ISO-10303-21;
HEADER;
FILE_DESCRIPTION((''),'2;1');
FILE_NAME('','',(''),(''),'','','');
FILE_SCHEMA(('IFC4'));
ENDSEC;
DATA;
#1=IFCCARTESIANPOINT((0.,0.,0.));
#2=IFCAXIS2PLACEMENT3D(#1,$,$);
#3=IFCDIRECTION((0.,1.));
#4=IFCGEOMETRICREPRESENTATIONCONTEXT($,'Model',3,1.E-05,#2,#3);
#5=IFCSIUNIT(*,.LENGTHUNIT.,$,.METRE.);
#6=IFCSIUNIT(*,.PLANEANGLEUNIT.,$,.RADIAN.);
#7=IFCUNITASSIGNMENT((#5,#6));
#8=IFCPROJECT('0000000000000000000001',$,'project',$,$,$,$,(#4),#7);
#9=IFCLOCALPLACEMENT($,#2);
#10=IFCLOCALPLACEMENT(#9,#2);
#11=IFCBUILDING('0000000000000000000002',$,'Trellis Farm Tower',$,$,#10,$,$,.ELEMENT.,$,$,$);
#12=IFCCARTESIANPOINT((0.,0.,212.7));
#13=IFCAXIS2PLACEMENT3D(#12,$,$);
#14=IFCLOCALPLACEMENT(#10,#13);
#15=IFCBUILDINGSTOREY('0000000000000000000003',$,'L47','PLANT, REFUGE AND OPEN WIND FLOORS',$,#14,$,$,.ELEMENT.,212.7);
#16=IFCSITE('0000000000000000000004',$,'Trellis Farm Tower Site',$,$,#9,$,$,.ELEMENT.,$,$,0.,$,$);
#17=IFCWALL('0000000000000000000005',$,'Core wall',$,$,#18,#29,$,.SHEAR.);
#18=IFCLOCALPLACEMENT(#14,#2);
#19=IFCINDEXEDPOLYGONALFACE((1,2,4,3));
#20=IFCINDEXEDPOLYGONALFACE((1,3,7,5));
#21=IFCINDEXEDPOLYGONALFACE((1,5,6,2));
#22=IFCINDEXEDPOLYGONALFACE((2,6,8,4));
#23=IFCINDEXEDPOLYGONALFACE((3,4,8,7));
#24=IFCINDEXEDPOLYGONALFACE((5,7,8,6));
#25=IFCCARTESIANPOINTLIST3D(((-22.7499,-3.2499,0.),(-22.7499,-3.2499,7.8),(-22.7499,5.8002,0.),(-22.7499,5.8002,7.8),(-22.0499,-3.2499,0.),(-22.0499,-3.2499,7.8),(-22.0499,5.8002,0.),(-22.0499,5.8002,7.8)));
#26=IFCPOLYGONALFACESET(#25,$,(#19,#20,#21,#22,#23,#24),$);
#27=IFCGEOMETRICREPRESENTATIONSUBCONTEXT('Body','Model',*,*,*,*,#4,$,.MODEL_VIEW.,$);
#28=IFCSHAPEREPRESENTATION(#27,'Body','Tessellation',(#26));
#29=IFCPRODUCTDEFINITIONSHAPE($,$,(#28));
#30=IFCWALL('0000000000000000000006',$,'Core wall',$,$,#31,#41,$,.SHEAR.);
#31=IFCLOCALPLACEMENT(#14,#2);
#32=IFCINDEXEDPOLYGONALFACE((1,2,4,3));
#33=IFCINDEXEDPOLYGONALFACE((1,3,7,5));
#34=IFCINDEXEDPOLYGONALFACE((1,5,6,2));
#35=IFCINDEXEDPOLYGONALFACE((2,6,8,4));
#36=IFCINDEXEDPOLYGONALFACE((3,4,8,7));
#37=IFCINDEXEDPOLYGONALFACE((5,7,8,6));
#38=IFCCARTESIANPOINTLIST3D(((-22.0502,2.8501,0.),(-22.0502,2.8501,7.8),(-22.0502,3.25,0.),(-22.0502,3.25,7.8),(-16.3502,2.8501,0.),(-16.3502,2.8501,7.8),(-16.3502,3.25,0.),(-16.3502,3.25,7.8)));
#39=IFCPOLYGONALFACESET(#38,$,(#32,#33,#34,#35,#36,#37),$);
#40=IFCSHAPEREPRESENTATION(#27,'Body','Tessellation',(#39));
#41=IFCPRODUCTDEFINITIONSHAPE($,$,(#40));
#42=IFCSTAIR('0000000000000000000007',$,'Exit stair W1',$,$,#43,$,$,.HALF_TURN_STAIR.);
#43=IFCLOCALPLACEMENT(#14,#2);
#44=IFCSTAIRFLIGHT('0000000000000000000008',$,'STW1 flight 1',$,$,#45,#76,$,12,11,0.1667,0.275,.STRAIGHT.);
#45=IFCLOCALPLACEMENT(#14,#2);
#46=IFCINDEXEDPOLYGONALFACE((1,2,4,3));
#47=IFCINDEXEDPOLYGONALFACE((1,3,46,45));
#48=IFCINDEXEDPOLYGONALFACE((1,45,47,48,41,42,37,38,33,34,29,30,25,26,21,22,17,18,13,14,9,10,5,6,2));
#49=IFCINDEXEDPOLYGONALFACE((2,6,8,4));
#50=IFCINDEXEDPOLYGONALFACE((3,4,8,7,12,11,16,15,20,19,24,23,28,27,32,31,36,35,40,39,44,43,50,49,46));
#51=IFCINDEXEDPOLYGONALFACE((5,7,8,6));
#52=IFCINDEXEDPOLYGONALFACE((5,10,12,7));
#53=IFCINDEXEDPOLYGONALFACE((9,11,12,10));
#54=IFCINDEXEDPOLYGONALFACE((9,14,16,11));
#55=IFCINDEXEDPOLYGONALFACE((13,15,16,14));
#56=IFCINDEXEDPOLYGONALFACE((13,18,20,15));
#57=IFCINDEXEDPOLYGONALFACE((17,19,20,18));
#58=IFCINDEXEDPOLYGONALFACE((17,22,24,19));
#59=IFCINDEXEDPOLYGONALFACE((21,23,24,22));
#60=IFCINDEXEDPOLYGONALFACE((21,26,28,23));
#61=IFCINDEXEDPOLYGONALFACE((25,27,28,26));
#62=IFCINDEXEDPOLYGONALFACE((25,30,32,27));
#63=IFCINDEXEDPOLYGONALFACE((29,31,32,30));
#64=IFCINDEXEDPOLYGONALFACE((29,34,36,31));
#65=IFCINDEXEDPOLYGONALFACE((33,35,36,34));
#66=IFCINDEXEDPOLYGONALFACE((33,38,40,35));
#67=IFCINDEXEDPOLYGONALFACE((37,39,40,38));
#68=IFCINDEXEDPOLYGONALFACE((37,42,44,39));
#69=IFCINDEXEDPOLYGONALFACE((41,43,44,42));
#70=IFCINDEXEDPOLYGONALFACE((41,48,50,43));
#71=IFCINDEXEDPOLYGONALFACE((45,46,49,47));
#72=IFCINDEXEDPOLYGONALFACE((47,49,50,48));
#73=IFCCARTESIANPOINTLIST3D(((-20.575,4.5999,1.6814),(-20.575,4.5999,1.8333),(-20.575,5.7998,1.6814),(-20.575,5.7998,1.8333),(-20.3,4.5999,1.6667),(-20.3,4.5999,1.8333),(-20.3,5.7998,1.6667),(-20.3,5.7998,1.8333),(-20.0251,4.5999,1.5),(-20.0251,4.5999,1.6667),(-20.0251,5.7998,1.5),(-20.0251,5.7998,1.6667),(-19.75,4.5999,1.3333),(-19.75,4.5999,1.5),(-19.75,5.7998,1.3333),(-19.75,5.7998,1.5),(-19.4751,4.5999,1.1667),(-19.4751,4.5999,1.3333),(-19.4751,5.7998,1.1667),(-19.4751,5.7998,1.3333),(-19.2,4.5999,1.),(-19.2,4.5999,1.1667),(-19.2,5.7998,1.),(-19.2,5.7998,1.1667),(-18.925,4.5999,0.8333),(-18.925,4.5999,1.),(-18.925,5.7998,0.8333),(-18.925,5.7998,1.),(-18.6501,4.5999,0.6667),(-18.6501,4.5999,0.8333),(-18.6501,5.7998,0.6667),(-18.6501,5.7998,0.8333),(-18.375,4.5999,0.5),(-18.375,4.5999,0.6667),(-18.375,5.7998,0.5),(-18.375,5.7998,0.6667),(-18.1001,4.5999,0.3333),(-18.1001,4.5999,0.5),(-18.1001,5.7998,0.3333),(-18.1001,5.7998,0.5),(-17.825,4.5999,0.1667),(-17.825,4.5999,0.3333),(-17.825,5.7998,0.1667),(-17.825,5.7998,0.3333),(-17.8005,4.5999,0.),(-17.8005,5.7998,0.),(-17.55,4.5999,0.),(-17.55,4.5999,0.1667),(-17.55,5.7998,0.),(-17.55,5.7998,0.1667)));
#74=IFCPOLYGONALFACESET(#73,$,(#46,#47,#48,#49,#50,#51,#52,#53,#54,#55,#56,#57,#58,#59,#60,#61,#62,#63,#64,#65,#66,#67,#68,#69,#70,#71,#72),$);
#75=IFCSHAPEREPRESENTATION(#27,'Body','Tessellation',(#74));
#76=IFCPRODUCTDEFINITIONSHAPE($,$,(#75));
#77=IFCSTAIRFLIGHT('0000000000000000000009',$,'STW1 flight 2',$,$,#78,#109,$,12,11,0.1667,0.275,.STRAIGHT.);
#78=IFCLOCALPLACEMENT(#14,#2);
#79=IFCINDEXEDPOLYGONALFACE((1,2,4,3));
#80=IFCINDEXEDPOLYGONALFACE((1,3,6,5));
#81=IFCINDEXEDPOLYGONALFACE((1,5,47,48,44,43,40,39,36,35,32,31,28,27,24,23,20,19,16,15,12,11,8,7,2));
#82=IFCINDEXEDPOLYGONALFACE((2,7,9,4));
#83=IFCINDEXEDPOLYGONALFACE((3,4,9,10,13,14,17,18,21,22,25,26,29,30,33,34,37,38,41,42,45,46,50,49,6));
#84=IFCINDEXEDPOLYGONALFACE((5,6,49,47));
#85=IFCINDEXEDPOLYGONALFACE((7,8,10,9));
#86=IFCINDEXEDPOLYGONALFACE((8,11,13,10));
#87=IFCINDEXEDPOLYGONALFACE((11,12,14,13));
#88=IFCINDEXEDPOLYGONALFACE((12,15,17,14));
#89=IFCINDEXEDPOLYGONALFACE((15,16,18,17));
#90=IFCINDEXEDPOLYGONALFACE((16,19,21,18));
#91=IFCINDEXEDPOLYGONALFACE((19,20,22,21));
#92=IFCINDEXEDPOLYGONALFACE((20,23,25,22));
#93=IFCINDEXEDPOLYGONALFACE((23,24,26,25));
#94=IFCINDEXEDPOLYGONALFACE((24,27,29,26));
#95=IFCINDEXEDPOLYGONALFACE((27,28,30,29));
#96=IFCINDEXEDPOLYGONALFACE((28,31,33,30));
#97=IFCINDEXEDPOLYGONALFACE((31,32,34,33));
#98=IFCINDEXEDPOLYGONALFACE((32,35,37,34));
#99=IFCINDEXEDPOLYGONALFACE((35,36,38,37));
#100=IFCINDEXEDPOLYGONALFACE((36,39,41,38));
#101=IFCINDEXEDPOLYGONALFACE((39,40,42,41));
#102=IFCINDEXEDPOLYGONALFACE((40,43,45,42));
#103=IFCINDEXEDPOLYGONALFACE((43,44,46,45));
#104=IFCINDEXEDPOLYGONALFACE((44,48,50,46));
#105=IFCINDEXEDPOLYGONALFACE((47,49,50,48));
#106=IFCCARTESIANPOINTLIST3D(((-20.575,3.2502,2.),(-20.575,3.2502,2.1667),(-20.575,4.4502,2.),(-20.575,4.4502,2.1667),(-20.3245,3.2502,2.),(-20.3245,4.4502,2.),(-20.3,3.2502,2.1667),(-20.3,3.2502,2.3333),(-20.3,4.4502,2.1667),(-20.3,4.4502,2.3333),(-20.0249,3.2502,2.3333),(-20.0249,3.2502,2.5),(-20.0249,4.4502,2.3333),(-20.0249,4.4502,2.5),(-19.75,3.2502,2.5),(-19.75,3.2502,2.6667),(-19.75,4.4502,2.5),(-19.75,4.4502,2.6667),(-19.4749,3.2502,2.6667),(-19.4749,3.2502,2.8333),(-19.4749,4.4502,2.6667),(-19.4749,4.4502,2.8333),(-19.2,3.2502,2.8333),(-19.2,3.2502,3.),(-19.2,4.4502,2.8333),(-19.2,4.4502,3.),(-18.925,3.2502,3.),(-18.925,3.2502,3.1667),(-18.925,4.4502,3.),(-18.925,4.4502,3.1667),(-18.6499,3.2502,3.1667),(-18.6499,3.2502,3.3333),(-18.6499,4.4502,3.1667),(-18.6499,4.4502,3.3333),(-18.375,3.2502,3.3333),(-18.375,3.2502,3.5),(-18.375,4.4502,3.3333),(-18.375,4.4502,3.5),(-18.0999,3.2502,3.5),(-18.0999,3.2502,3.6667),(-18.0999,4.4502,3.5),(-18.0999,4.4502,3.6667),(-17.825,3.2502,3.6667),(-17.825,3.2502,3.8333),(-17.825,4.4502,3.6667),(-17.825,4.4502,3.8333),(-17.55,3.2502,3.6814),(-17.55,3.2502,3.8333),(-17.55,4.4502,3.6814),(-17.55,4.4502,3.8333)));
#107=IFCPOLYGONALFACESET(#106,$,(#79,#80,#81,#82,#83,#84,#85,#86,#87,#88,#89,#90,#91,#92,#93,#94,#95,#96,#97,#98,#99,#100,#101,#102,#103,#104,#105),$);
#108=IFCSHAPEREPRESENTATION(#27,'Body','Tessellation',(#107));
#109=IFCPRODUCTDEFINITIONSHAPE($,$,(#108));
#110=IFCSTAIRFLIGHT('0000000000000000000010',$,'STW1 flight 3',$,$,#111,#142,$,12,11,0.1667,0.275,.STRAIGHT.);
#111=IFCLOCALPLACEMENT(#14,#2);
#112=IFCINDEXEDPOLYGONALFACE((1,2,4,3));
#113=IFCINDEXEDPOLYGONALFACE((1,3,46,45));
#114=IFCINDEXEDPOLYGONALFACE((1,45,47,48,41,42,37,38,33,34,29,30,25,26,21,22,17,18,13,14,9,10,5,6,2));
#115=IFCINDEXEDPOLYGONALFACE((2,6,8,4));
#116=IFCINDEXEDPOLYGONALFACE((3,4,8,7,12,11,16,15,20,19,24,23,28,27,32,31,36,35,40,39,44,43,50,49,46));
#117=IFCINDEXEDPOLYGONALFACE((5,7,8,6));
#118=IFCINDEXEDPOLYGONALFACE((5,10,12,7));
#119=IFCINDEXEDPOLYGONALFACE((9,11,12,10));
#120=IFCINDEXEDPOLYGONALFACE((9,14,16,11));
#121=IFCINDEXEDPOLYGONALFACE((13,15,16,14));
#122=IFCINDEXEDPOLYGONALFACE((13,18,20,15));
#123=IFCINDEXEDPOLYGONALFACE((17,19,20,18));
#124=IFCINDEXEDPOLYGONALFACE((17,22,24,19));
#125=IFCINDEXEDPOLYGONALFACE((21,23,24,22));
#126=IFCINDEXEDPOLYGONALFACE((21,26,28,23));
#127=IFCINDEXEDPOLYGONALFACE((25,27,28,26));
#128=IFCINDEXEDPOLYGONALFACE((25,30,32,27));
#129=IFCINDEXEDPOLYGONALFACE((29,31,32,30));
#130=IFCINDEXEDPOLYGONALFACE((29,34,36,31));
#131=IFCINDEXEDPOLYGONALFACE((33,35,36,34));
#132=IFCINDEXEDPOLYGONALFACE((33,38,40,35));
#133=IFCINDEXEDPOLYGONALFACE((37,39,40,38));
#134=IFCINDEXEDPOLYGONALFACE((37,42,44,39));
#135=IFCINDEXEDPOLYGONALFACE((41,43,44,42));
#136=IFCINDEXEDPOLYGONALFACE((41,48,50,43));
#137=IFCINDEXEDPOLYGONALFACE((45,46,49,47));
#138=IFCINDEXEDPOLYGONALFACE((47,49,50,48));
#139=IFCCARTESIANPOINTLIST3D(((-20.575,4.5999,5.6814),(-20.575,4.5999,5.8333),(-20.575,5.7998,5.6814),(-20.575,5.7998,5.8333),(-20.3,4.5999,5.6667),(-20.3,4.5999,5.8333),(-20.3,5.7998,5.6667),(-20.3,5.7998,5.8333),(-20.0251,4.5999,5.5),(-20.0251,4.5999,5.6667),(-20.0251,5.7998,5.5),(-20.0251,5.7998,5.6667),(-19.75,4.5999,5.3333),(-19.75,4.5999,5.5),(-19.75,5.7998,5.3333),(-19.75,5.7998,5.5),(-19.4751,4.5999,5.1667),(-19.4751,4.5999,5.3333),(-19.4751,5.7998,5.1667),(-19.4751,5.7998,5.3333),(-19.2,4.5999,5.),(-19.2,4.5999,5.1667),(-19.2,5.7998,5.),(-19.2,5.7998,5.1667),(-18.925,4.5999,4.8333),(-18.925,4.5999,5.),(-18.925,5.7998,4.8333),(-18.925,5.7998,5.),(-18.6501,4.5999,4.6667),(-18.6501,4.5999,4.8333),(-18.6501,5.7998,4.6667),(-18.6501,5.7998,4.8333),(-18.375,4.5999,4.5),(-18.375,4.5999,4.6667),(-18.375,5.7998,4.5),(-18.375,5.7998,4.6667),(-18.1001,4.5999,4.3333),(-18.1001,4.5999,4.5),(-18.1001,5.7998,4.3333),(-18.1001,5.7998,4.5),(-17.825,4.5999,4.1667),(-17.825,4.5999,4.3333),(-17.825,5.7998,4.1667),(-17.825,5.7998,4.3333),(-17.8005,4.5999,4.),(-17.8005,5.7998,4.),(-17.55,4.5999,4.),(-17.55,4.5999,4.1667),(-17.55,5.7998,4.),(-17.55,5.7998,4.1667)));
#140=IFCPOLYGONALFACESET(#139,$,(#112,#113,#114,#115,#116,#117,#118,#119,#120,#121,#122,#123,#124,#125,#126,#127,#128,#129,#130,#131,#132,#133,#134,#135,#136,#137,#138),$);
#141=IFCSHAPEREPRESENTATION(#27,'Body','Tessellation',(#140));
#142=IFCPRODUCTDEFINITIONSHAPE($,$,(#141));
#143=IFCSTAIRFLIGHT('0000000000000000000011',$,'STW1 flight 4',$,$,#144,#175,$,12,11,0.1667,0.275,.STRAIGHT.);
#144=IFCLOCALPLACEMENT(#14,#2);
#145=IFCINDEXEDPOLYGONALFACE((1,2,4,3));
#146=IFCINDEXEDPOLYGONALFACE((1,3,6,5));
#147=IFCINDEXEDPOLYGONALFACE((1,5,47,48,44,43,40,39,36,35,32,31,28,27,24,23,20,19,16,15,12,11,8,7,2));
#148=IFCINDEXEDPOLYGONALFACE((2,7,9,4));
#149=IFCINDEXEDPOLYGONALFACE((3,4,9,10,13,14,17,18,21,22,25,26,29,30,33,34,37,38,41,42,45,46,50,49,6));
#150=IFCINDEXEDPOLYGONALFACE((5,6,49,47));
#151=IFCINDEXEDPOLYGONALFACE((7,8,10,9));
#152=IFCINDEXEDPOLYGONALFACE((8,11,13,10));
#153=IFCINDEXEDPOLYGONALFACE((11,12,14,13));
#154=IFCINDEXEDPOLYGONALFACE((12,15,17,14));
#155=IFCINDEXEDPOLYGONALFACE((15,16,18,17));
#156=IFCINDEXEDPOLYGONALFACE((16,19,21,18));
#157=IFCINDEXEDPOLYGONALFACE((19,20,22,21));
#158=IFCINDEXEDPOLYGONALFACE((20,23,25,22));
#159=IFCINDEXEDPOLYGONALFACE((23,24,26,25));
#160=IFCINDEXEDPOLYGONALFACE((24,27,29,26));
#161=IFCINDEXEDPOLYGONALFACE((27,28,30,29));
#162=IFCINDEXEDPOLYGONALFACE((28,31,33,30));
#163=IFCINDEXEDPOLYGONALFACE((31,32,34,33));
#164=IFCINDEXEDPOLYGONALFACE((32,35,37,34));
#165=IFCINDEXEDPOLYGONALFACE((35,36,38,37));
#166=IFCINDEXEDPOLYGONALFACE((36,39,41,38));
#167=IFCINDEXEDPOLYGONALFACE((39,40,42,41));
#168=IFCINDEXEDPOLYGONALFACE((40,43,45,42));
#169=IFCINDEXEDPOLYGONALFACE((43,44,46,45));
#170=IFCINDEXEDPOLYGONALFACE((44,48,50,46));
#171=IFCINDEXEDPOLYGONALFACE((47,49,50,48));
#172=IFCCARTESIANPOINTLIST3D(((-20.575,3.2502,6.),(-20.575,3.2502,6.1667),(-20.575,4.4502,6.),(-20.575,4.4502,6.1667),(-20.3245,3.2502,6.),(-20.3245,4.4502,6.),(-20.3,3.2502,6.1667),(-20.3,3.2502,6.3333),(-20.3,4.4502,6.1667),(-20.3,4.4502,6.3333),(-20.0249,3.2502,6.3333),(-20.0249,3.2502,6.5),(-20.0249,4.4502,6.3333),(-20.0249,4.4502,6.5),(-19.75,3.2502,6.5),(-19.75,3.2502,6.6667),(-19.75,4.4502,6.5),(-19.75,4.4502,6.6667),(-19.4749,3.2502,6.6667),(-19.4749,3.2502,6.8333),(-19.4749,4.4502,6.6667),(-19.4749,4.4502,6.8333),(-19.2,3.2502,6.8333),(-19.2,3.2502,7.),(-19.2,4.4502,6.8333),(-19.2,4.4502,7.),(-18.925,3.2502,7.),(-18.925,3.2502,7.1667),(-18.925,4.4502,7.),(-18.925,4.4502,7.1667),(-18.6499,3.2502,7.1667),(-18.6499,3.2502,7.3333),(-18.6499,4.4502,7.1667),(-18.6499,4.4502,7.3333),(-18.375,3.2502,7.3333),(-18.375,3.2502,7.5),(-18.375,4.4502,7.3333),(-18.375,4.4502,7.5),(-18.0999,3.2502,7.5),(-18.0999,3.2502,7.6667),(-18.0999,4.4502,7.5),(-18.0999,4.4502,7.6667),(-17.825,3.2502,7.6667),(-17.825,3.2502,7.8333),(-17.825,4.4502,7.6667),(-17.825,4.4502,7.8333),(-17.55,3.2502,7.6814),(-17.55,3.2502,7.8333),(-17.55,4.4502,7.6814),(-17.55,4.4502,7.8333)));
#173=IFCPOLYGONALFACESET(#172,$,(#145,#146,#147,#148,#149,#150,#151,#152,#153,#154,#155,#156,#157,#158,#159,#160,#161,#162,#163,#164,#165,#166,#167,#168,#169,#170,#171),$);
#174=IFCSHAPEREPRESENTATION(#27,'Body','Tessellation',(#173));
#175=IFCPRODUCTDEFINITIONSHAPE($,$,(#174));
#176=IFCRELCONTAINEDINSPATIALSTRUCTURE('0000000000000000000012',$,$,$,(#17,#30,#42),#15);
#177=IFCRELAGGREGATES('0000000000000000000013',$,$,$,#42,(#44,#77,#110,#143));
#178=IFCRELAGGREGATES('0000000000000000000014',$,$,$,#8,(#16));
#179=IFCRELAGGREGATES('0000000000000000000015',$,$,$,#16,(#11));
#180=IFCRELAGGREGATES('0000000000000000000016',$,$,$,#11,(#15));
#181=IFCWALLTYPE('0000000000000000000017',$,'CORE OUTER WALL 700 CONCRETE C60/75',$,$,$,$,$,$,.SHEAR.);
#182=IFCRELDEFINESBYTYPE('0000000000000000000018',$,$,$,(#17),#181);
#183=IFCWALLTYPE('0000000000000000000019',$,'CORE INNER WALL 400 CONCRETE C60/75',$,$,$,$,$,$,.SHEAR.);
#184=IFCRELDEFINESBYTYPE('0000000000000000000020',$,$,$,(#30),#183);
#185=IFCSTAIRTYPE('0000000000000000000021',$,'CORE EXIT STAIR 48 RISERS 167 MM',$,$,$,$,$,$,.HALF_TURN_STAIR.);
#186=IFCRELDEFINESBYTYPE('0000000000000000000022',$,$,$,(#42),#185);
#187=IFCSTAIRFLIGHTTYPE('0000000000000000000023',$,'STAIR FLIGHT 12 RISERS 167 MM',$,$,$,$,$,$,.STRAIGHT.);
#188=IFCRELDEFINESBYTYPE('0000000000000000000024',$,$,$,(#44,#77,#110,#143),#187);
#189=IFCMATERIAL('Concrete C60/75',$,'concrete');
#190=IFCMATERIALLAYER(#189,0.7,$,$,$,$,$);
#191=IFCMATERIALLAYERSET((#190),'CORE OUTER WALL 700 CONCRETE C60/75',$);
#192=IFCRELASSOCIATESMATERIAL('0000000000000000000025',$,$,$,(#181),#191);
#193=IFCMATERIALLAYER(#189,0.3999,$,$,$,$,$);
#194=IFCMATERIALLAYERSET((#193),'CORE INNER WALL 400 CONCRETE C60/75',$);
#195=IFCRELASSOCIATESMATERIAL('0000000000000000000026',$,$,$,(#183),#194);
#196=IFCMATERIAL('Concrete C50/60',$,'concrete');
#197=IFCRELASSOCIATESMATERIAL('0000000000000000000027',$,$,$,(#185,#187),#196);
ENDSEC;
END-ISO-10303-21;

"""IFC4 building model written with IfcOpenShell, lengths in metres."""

from ifc_helpers import new_model, si_unit, direction, frame, frame_2d, origin, place, context, subcontext, project, spatial, polyline, rectangle, outline, extrude, source, transform, mapped, material, layer, layer_set, type_object, element, aggregate, save


model = new_model("IFC4")

# Units and contexts
model_context = context("Model", 3, precision=1e-05, world=origin(), true_north=direction((0.0, 1.0)))
body_context = subcontext(model_context, "Body", "Model", "MODEL_VIEW")
ifc_project = project(units=[si_unit("LENGTHUNIT", "METRE"), si_unit("PLANEANGLEUNIT", "RADIAN")], contexts=[model_context])

# Site, building, storey
site_placement = place(None, origin())
site = spatial("IfcSite", under=ifc_project, at=site_placement, Name="Trellis Farm Tower Site", CompositionType="ELEMENT", RefElevation=0.0)
building_placement = place(site_placement, origin())
building = spatial("IfcBuilding", under=site, at=building_placement, Name="Trellis Farm Tower", CompositionType="ELEMENT")
storey_placement = place(building_placement, frame((0.0, 0.0, 212.7)))
storey = spatial("IfcBuildingStorey", under=building, at=storey_placement, Name="L47", Description="PLANT, REFUGE AND OPEN WIND FLOORS", CompositionType="ELEMENT", Elevation=212.7)

# Shared definitions
ifc_material_1 = material(Name="Concrete C60/75", Category="concrete")

# Walls
ifc_layer_1 = layer(ifc_material_1, 0.7)
ifc_layer_set_1 = layer_set([ifc_layer_1], Name="CORE OUTER WALL 700 CONCRETE C60/75")
wall_type_1 = type_object("IfcWallType", Name="CORE OUTER WALL 700 CONCRETE C60/75", PredefinedType="SHEAR", material=ifc_layer_set_1)
shared_shape_1 = source(origin(), body_context, "Body", "SweptSolid", [
    extrude(rectangle(XDim=9.05, YDim=0.7, at=frame_2d((4.5249, 0.0))), origin(), (0.0, 0.0, 1.0), 7.8),
])
wall_1_placement = place(storey_placement, frame((-22.3999, 5.8, 0.0), z_axis=(0.0, 0.0, 1.0), x_axis=(0.0, -1.0, 0.0)))
element("IfcWall", 1, at=wall_1_placement, inside=storey, type_object=wall_type_1, Name="Core wall", PredefinedType="SHEAR", context=body_context, shape_type="MappedRepresentation", body=[
    mapped(shared_shape_1, transform((0.0, 0.0, 0.0))),
])
ifc_layer_2 = layer(ifc_material_1, 0.3999)
ifc_layer_set_2 = layer_set([ifc_layer_2], Name="CORE INNER WALL 400 CONCRETE C60/75")
wall_type_2 = type_object("IfcWallType", Name="CORE INNER WALL 400 CONCRETE C60/75", PredefinedType="SHEAR", material=ifc_layer_set_2)
shared_shape_2 = source(origin(), body_context, "Body", "SweptSolid", [
    extrude(rectangle(XDim=5.7, YDim=0.3999, at=frame_2d((2.8501, 0.0))), origin(), (0.0, 0.0, 1.0), 7.8),
])
wall_2_placement = place(storey_placement, frame((-16.3501, 3.05, 0.0), z_axis=(0.0, 0.0, 1.0), x_axis=(-1.0, 0.0, 0.0)))
element("IfcWall", 2, at=wall_2_placement, inside=storey, type_object=wall_type_2, Name="Core wall", PredefinedType="SHEAR", context=body_context, shape_type="MappedRepresentation", body=[
    mapped(shared_shape_2, transform((0.0, 0.0, 0.0))),
])

# Stair, stair flights
ifc_material_2 = material(Name="Concrete C50/60", Category="concrete")
stair_type = type_object("IfcStairType", Name="CORE EXIT STAIR 48 RISERS 167 MM", PredefinedType="HALF_TURN_STAIR", material=ifc_material_2)
placement = place(storey_placement, origin())
stair_1 = element("IfcStair", 3, at=placement, inside=storey, type_object=stair_type, Name="Exit stair W1", PredefinedType="HALF_TURN_STAIR")
stair_flight_type = type_object("IfcStairFlightType", Name="STAIR FLIGHT 12 RISERS 167 MM", PredefinedType="STRAIGHT", material=ifc_material_2)
shared_shape_3 = source(origin(), body_context, "Body", "SweptSolid", [
    extrude(outline(polyline([(0.0, 0.0), (0.0, 0.1667), (0.2749, 0.1667), (0.2749, 0.3333), (0.55, 0.3333), (0.55, 0.5), (0.825, 0.5), (0.825, 0.6667), (1.1001, 0.6667), (1.1001, 0.8333), (1.375, 0.8333), (1.375, 1.0), (1.6499, 1.0), (1.6499, 1.1667), (1.925, 1.1667), (1.925, 1.3333), (2.2, 1.3333), (2.2, 1.5), (2.4751, 1.5), (2.4751, 1.6667), (2.75, 1.6667), (2.75, 1.8333), (3.0249, 1.8333), (3.0249, 2.0), (3.0249, 1.6814), (0.2505, 0.0), (0.0, 0.0)])), frame((0.0, 0.6001, 0.0), z_axis=(0.0, -1.0, 0.0), x_axis=(1.0, 0.0, 0.0)), (0.0, 0.0, 1.0), 1.2),
])
stair_flight_1_placement = place(storey_placement, frame((-17.55, 5.2, 0.0), z_axis=(0.0, 0.0, 1.0), x_axis=(-1.0, 0.0, 0.0)))
stair_flight_1 = element("IfcStairFlight", 4, at=stair_flight_1_placement, type_object=stair_flight_type, Name="STW1 flight 1", NumberOfRisers=12, NumberOfTreads=11, PredefinedType="STRAIGHT", RiserHeight=0.1667, TreadLength=0.275, context=body_context, shape_type="MappedRepresentation", body=[
    mapped(shared_shape_3, transform((0.0, 0.0, 0.0))),
])
stair_flight_2_placement = place(storey_placement, frame((-20.575, 3.8501, 2.0), z_axis=(0.0, 0.0, 1.0), x_axis=(1.0, 0.0, 0.0)))
stair_flight_2 = element("IfcStairFlight", 5, at=stair_flight_2_placement, type_object=stair_flight_type, Name="STW1 flight 2", NumberOfRisers=12, NumberOfTreads=11, PredefinedType="STRAIGHT", RiserHeight=0.1667, TreadLength=0.275, context=body_context, shape_type="MappedRepresentation", body=[
    mapped(shared_shape_3, transform((0.0, 0.0, 0.0))),
])
stair_flight_3_placement = place(storey_placement, frame((-17.55, 5.2, 4.0), z_axis=(0.0, 0.0, 1.0), x_axis=(-1.0, 0.0, 0.0)))
stair_flight_3 = element("IfcStairFlight", 6, at=stair_flight_3_placement, type_object=stair_flight_type, Name="STW1 flight 3", NumberOfRisers=12, NumberOfTreads=11, PredefinedType="STRAIGHT", RiserHeight=0.1667, TreadLength=0.275, context=body_context, shape_type="MappedRepresentation", body=[
    mapped(shared_shape_3, transform((0.0, 0.0, 0.0))),
])
stair_flight_4_placement = place(storey_placement, frame((-20.575, 3.8501, 6.0), z_axis=(0.0, 0.0, 1.0), x_axis=(1.0, 0.0, 0.0)))
stair_flight_4 = element("IfcStairFlight", 7, at=stair_flight_4_placement, type_object=stair_flight_type, Name="STW1 flight 4", NumberOfRisers=12, NumberOfTreads=11, PredefinedType="STRAIGHT", RiserHeight=0.1667, TreadLength=0.275, context=body_context, shape_type="MappedRepresentation", body=[
    mapped(shared_shape_3, transform((0.0, 0.0, 0.0))),
])
aggregate(stair_1, [stair_flight_1, stair_flight_2, stair_flight_3, stair_flight_4])

save(model, "model.ifc")
